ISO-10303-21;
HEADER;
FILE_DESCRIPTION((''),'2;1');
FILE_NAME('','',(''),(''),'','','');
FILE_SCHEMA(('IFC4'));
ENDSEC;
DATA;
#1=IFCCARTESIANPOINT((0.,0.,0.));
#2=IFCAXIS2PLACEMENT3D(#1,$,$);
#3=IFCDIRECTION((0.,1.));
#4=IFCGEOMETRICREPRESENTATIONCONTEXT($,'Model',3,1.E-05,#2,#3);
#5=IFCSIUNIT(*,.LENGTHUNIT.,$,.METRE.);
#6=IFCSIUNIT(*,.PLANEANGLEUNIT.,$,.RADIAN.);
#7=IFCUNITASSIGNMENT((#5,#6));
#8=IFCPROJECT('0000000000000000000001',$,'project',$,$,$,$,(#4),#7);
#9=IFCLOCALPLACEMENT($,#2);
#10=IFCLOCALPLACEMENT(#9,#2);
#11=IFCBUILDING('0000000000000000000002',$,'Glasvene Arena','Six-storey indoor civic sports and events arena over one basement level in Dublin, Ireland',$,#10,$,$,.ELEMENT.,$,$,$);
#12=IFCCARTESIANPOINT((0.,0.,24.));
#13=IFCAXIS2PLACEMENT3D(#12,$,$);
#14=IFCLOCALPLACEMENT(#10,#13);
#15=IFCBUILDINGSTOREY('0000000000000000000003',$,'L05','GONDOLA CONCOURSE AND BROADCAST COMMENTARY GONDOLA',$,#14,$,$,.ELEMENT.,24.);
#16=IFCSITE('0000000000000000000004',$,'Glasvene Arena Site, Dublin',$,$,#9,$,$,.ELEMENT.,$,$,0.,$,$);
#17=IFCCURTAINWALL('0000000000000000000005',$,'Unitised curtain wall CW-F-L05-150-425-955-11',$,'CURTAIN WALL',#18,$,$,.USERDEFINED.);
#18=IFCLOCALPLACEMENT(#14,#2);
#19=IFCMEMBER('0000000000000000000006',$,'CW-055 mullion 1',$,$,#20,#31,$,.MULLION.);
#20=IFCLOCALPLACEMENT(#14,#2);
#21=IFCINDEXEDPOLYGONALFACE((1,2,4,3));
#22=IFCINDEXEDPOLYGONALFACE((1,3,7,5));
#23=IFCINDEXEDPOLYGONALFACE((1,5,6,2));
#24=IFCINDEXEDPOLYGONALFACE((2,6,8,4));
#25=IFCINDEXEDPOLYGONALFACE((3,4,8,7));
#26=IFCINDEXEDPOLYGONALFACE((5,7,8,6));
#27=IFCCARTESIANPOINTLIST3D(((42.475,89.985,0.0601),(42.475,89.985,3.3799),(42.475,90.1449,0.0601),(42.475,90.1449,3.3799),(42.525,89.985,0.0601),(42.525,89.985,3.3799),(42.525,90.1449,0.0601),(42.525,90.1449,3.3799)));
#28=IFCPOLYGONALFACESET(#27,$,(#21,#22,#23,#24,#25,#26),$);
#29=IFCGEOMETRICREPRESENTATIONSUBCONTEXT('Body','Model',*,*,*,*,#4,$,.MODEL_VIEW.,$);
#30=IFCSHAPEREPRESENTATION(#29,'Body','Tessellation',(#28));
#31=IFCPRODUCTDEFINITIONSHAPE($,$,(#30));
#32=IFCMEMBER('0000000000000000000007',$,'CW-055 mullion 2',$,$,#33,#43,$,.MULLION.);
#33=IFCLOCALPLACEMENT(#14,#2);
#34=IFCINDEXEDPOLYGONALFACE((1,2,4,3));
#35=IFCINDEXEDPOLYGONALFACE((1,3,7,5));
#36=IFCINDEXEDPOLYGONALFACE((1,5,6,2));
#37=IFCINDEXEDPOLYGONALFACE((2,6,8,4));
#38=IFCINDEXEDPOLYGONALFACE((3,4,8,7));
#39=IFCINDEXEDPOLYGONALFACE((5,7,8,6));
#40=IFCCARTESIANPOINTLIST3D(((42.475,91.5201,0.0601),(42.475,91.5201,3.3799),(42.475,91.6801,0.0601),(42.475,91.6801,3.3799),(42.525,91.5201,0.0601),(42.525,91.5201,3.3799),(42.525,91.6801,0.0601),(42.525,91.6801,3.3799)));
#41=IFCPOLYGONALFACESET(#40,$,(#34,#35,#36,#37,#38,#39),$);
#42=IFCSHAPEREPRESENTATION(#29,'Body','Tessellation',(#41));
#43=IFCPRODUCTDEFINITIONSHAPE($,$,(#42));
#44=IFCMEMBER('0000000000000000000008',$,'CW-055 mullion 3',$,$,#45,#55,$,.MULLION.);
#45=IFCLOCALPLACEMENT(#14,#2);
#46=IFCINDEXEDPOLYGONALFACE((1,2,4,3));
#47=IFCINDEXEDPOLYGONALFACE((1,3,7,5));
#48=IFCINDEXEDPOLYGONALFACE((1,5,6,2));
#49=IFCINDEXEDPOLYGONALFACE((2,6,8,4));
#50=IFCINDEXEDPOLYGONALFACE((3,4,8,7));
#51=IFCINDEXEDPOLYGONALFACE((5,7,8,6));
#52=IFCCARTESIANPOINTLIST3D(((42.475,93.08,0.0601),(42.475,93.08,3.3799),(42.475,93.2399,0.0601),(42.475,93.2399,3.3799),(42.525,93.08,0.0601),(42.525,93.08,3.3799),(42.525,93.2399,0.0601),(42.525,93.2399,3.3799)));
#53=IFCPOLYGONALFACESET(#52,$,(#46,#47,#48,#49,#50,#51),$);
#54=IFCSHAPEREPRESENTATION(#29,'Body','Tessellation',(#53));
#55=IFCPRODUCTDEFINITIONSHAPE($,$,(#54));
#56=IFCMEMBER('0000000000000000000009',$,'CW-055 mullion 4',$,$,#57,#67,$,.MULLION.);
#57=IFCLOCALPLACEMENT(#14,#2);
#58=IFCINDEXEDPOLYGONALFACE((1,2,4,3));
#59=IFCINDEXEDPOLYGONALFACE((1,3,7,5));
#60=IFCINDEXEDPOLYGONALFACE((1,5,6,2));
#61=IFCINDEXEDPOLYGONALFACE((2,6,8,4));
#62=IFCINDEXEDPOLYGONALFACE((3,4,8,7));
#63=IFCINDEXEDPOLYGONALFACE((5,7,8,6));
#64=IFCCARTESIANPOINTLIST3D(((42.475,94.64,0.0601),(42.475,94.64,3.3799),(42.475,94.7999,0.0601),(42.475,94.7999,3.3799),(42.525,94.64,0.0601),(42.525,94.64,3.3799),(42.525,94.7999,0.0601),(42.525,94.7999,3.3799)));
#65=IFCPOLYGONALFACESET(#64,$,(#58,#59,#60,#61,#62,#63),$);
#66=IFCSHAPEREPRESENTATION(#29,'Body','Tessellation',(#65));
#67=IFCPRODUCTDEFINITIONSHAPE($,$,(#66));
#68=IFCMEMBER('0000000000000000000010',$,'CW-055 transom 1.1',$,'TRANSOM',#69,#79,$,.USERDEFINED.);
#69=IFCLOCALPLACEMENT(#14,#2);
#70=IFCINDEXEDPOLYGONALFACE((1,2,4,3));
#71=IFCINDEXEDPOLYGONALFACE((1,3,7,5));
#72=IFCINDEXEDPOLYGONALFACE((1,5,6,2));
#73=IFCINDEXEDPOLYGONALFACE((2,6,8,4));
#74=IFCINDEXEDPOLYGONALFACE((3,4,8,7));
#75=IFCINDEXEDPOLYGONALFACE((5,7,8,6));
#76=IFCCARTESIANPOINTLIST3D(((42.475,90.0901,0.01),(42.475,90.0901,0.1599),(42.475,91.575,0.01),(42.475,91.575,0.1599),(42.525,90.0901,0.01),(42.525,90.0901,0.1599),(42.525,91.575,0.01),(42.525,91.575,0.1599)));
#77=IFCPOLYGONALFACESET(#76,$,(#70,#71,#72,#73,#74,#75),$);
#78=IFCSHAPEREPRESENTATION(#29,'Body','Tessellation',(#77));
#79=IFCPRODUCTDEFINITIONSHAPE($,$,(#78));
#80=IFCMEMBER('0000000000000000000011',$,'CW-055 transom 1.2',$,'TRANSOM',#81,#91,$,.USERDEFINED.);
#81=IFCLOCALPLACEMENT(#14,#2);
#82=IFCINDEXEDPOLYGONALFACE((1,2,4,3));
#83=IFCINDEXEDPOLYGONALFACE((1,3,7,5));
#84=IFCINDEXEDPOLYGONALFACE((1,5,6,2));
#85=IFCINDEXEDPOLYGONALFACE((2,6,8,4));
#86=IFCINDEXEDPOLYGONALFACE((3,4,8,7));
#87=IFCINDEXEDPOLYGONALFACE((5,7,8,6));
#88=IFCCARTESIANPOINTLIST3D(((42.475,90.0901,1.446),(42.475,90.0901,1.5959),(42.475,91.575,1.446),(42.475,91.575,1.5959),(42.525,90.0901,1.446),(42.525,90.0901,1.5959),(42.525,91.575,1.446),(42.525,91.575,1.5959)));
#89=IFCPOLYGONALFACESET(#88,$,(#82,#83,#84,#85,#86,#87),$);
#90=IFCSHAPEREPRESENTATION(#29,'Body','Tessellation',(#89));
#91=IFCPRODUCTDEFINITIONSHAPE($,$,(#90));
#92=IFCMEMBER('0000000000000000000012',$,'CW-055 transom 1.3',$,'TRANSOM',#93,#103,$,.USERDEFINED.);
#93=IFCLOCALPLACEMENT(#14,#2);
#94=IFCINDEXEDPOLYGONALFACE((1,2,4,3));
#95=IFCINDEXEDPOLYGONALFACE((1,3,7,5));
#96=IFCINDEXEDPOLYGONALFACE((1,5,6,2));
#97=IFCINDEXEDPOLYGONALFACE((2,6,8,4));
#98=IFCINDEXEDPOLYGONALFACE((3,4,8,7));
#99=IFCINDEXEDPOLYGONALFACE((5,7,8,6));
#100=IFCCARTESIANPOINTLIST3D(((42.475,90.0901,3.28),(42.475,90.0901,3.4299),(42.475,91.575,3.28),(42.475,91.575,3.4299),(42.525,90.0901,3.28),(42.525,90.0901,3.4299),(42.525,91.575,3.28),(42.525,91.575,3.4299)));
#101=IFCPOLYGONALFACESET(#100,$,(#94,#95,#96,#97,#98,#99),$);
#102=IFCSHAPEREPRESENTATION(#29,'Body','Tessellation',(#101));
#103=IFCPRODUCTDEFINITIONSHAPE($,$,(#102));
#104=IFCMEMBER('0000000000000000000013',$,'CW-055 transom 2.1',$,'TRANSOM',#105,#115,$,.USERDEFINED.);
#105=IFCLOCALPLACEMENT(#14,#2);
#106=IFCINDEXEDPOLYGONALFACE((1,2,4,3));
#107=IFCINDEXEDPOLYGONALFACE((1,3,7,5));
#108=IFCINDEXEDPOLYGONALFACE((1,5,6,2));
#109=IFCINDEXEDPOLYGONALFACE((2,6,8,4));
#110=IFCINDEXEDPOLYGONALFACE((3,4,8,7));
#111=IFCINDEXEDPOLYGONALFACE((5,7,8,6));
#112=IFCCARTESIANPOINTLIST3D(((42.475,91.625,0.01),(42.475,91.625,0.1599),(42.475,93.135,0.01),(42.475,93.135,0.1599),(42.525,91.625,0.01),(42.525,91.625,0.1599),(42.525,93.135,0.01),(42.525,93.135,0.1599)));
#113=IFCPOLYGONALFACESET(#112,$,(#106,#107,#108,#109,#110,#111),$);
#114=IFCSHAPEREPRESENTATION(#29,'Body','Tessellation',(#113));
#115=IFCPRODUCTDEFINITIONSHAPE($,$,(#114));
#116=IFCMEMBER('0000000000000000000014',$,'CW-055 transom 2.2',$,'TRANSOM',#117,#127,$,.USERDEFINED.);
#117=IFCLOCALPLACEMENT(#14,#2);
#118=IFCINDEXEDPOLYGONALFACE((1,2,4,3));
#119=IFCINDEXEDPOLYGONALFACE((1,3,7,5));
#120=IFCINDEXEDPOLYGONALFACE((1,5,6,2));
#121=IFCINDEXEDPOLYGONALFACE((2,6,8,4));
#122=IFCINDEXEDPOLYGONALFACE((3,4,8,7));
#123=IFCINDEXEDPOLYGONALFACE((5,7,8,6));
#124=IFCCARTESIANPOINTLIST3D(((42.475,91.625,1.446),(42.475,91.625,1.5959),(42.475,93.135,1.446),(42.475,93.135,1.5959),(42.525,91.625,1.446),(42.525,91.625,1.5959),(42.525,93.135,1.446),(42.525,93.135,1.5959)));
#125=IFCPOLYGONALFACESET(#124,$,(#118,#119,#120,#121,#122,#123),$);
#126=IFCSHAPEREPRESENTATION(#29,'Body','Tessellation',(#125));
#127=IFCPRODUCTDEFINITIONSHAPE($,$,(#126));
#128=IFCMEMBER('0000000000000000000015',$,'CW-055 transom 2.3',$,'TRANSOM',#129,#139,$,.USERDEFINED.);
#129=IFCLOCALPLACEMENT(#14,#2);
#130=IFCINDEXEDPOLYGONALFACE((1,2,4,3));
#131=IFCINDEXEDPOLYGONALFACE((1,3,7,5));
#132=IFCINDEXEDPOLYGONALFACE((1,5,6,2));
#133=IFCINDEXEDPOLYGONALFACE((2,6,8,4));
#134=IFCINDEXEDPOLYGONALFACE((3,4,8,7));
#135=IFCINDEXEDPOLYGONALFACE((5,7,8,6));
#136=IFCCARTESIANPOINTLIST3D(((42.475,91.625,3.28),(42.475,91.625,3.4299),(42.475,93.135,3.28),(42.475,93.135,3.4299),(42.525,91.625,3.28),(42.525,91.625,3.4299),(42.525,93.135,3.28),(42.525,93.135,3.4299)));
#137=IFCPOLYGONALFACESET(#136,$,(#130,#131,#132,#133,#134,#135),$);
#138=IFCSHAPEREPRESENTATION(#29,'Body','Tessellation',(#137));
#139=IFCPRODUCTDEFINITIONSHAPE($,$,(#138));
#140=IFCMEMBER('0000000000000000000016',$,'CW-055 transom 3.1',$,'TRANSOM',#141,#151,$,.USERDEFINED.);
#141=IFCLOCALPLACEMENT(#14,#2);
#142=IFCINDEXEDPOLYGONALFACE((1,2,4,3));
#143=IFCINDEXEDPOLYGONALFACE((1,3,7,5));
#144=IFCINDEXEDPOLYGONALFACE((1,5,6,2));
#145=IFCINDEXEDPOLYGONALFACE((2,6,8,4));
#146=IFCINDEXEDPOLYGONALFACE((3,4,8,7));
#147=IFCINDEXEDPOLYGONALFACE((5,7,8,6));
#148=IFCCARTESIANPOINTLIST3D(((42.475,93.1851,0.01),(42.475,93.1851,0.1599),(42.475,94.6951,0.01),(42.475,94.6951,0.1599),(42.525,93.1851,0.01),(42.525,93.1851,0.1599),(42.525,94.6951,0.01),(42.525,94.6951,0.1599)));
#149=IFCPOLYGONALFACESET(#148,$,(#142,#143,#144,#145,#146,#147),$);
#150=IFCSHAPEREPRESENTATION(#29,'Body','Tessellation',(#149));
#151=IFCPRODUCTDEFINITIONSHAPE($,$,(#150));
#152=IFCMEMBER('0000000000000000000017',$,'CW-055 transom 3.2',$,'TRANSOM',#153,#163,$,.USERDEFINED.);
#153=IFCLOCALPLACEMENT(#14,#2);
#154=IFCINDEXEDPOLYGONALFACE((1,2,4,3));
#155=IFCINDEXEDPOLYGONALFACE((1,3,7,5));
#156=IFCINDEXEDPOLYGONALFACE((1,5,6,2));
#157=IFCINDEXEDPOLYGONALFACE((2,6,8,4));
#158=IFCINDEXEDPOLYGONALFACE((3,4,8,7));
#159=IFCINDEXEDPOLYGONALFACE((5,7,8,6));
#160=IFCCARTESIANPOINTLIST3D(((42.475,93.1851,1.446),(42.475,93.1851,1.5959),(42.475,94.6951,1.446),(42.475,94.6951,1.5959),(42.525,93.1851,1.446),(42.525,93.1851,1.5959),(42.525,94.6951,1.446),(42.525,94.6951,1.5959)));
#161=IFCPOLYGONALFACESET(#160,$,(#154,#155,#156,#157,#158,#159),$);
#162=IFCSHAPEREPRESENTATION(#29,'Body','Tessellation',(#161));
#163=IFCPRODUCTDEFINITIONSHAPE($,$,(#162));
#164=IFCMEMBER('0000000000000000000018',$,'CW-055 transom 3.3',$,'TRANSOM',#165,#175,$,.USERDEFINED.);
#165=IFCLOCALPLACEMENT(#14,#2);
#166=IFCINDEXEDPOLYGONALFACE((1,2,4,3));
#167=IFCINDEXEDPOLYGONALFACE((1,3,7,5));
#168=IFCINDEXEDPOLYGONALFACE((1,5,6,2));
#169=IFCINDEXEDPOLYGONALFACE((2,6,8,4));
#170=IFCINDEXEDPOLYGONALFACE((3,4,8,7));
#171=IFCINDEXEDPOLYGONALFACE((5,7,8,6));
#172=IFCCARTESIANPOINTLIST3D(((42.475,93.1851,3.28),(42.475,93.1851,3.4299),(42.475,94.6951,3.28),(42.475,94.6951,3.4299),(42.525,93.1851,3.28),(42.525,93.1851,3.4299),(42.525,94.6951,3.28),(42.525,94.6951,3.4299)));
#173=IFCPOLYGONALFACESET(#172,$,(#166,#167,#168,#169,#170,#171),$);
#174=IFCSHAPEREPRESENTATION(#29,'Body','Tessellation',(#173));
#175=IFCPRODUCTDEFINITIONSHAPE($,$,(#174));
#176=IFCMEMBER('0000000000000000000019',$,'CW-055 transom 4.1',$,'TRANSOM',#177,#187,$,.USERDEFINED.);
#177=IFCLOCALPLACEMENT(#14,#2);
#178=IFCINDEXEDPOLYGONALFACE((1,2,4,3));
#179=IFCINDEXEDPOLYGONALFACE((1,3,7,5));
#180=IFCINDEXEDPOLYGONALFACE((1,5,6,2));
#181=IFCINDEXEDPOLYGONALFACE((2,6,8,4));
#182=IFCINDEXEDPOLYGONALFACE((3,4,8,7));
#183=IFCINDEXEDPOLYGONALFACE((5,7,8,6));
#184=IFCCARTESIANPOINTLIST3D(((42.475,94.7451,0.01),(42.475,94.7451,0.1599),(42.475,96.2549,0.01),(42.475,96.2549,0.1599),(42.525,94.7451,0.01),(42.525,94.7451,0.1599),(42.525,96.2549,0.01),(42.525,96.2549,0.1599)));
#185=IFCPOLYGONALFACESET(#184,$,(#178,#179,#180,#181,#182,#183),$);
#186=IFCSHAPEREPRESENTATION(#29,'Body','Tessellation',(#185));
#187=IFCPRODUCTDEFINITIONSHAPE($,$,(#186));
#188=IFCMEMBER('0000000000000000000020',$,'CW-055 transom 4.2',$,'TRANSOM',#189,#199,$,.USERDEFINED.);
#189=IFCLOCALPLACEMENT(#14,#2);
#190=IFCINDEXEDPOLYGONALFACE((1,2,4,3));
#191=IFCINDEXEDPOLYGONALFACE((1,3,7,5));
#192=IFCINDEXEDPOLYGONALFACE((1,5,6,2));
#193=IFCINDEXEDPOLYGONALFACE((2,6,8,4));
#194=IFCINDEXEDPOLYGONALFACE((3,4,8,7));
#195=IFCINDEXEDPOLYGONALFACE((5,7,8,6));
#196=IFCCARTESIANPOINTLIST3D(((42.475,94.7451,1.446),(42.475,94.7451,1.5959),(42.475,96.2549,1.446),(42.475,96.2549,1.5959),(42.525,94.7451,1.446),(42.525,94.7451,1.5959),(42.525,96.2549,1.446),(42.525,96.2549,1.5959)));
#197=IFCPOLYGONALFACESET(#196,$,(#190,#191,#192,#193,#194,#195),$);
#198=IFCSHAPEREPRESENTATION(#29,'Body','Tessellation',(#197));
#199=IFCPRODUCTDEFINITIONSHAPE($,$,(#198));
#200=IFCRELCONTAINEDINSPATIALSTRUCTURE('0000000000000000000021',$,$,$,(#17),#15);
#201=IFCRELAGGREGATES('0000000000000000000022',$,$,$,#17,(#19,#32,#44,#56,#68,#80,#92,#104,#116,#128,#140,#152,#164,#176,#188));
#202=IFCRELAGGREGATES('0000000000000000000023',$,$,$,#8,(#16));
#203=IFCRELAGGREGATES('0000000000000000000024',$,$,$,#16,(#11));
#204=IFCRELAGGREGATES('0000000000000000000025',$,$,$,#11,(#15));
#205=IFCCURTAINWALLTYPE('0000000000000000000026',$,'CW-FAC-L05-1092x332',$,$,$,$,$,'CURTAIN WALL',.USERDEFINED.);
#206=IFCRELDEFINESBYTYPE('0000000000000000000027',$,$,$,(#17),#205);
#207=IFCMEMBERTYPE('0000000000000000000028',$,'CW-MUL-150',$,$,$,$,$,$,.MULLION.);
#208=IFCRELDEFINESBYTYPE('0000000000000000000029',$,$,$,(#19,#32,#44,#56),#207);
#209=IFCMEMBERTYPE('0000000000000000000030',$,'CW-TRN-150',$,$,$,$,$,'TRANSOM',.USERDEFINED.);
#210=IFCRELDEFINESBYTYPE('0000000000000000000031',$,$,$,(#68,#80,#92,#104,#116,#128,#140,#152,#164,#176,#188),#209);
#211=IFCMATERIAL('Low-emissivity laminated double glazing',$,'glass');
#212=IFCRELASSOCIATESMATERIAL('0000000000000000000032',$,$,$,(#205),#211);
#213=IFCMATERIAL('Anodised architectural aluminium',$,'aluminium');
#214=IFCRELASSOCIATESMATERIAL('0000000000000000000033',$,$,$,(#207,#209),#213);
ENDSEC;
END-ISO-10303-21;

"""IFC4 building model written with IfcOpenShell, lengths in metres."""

from ifc_helpers import new_model, si_unit, direction, frame, origin, origin_2d, place, context, subcontext, project, spatial, rectangle, extrude, material, material_profile, profile_set, type_object, element, aggregate, save


model = new_model("IFC4")

# Units and contexts
model_context = context("Model", 3, precision=1e-05, world=origin(), true_north=direction((0.0, 1.0)))
body_context = subcontext(model_context, "Body", "Model", "MODEL_VIEW")
ifc_project = project(units=[si_unit("LENGTHUNIT", "METRE"), si_unit("PLANEANGLEUNIT", "RADIAN")], contexts=[model_context])

# Site, building, storey
site_placement = place(None, origin())
site = spatial("IfcSite", under=ifc_project, at=site_placement, Name="Glasvene Arena Site, Dublin", CompositionType="ELEMENT", RefElevation=0.0)
building_placement = place(site_placement, origin())
building = spatial("IfcBuilding", under=site, at=building_placement, Name="Glasvene Arena", Description="Six-storey indoor civic sports and events arena over one basement level in Dublin, Ireland", CompositionType="ELEMENT")
storey_placement = place(building_placement, frame((0.0, 0.0, 24.0)))
storey = spatial("IfcBuildingStorey", under=building, at=storey_placement, Name="L05", Description="GONDOLA CONCOURSE AND BROADCAST COMMENTARY GONDOLA", CompositionType="ELEMENT", Elevation=24.0)

# Curtain wall, members
ifc_material_1 = material(Name="Low-emissivity laminated double glazing", Category="glass")
curtain_wall_type = type_object("IfcCurtainWallType", Name="CW-FAC-L05-1092x332", ElementType="CURTAIN WALL", PredefinedType="USERDEFINED", material=ifc_material_1)
curtain_wall_placement = place(storey_placement, frame((42.5, 90.04, 0.0)))
curtain_wall = element("IfcCurtainWall", 1, at=curtain_wall_placement, inside=storey, type_object=curtain_wall_type, Name="Unitised curtain wall CW-F-L05-150-425-955-11", ObjectType="CURTAIN WALL", PredefinedType="USERDEFINED")
ifc_material_2 = material(Name="Anodised architectural aluminium", Category="aluminium")
ifc_material_profile_1 = material_profile(ifc_material_2, rectangle(XDim=0.05, YDim=0.1599, at=origin_2d()), Name="ALU MULLION 50x160")
ifc_profile_set_1 = profile_set([ifc_material_profile_1], Name="Anodised architectural aluminium")
member_type_1 = type_object("IfcMemberType", Name="CW-MUL-150", PredefinedType="MULLION", material=ifc_profile_set_1)
member_1_placement = place(storey_placement, frame((42.5, 90.0649, 0.0601), z_axis=(0.0, 0.0, 1.0), x_axis=(-1.0, 0.0, 0.0)))
member_1 = element("IfcMember", 2, at=member_1_placement, type_object=member_type_1, Name="CW-055 mullion 1", PredefinedType="MULLION", context=body_context, shape_type="SweptSolid", body=[
    extrude(rectangle(XDim=0.05, YDim=0.1599, at=origin_2d()), origin(), (0.0, 0.0, 1.0), 3.3198),
])
member_2_placement = place(storey_placement, frame((42.5, 91.6001, 0.0601), z_axis=(0.0, 0.0, 1.0), x_axis=(-1.0, 0.0, 0.0)))
member_2 = element("IfcMember", 3, at=member_2_placement, type_object=member_type_1, Name="CW-055 mullion 2", PredefinedType="MULLION", context=body_context, shape_type="SweptSolid", body=[
    extrude(rectangle(XDim=0.05, YDim=0.1599, at=origin_2d()), origin(), (0.0, 0.0, 1.0), 3.3198),
])
member_3_placement = place(storey_placement, frame((42.5, 93.1599, 0.0601), z_axis=(0.0, 0.0, 1.0), x_axis=(-1.0, 0.0, 0.0)))
member_3 = element("IfcMember", 4, at=member_3_placement, type_object=member_type_1, Name="CW-055 mullion 3", PredefinedType="MULLION", context=body_context, shape_type="SweptSolid", body=[
    extrude(rectangle(XDim=0.05, YDim=0.1599, at=origin_2d()), origin(), (0.0, 0.0, 1.0), 3.3198),
])
member_4_placement = place(storey_placement, frame((42.5, 94.72, 0.0601), z_axis=(0.0, 0.0, 1.0), x_axis=(-1.0, 0.0, 0.0)))
member_4 = element("IfcMember", 5, at=member_4_placement, type_object=member_type_1, Name="CW-055 mullion 4", PredefinedType="MULLION", context=body_context, shape_type="SweptSolid", body=[
    extrude(rectangle(XDim=0.05, YDim=0.1599, at=origin_2d()), origin(), (0.0, 0.0, 1.0), 3.3198),
])
ifc_material_profile_2 = material_profile(ifc_material_2, rectangle(XDim=0.05, YDim=0.1499, at=origin_2d()), Name="ALU TRANSOM 50x150")
ifc_profile_set_2 = profile_set([ifc_material_profile_2], Name="Anodised architectural aluminium")
member_type_2 = type_object("IfcMemberType", Name="CW-TRN-150", ElementType="TRANSOM", PredefinedType="USERDEFINED", material=ifc_profile_set_2)
member_5_placement = place(storey_placement, frame((42.5, 90.0901, 0.085), z_axis=(0.0, 1.0, 0.0), x_axis=(-1.0, 0.0, 0.0)))
member_5 = element("IfcMember", 6, at=member_5_placement, type_object=member_type_2, Name="CW-055 transom 1.1", ObjectType="TRANSOM", PredefinedType="USERDEFINED", context=body_context, shape_type="SweptSolid", body=[
    extrude(rectangle(XDim=0.05, YDim=0.1499, at=origin_2d()), origin(), (0.0, 0.0, 1.0), 1.4849),
])
member_6_placement = place(storey_placement, frame((42.5, 90.0901, 1.521), z_axis=(0.0, 1.0, 0.0), x_axis=(-1.0, 0.0, 0.0)))
member_6 = element("IfcMember", 7, at=member_6_placement, type_object=member_type_2, Name="CW-055 transom 1.2", ObjectType="TRANSOM", PredefinedType="USERDEFINED", context=body_context, shape_type="SweptSolid", body=[
    extrude(rectangle(XDim=0.05, YDim=0.1499, at=origin_2d()), origin(), (0.0, 0.0, 1.0), 1.4849),
])
member_7_placement = place(storey_placement, frame((42.5, 90.0901, 3.355), z_axis=(0.0, 1.0, 0.0), x_axis=(-1.0, 0.0, 0.0)))
member_7 = element("IfcMember", 8, at=member_7_placement, type_object=member_type_2, Name="CW-055 transom 1.3", ObjectType="TRANSOM", PredefinedType="USERDEFINED", context=body_context, shape_type="SweptSolid", body=[
    extrude(rectangle(XDim=0.05, YDim=0.1499, at=origin_2d()), origin(), (0.0, 0.0, 1.0), 1.4849),
])
member_8_placement = place(storey_placement, frame((42.5, 91.625, 0.085), z_axis=(0.0, 1.0, 0.0), x_axis=(-1.0, 0.0, 0.0)))
member_8 = element("IfcMember", 9, at=member_8_placement, type_object=member_type_2, Name="CW-055 transom 2.1", ObjectType="TRANSOM", PredefinedType="USERDEFINED", context=body_context, shape_type="SweptSolid", body=[
    extrude(rectangle(XDim=0.05, YDim=0.1499, at=origin_2d()), origin(), (0.0, 0.0, 1.0), 1.51),
])
member_9_placement = place(storey_placement, frame((42.5, 91.625, 1.521), z_axis=(0.0, 1.0, 0.0), x_axis=(-1.0, 0.0, 0.0)))
member_9 = element("IfcMember", 10, at=member_9_placement, type_object=member_type_2, Name="CW-055 transom 2.2", ObjectType="TRANSOM", PredefinedType="USERDEFINED", context=body_context, shape_type="SweptSolid", body=[
    extrude(rectangle(XDim=0.05, YDim=0.1499, at=origin_2d()), origin(), (0.0, 0.0, 1.0), 1.51),
])
member_10_placement = place(storey_placement, frame((42.5, 91.625, 3.355), z_axis=(0.0, 1.0, 0.0), x_axis=(-1.0, 0.0, 0.0)))
member_10 = element("IfcMember", 11, at=member_10_placement, type_object=member_type_2, Name="CW-055 transom 2.3", ObjectType="TRANSOM", PredefinedType="USERDEFINED", context=body_context, shape_type="SweptSolid", body=[
    extrude(rectangle(XDim=0.05, YDim=0.1499, at=origin_2d()), origin(), (0.0, 0.0, 1.0), 1.51),
])
member_11_placement = place(storey_placement, frame((42.5, 93.1851, 0.085), z_axis=(0.0, 1.0, 0.0), x_axis=(-1.0, 0.0, 0.0)))
member_11 = element("IfcMember", 12, at=member_11_placement, type_object=member_type_2, Name="CW-055 transom 3.1", ObjectType="TRANSOM", PredefinedType="USERDEFINED", context=body_context, shape_type="SweptSolid", body=[
    extrude(rectangle(XDim=0.05, YDim=0.1499, at=origin_2d()), origin(), (0.0, 0.0, 1.0), 1.51),
])
member_12_placement = place(storey_placement, frame((42.5, 93.1851, 1.521), z_axis=(0.0, 1.0, 0.0), x_axis=(-1.0, 0.0, 0.0)))
member_12 = element("IfcMember", 13, at=member_12_placement, type_object=member_type_2, Name="CW-055 transom 3.2", ObjectType="TRANSOM", PredefinedType="USERDEFINED", context=body_context, shape_type="SweptSolid", body=[
    extrude(rectangle(XDim=0.05, YDim=0.1499, at=origin_2d()), origin(), (0.0, 0.0, 1.0), 1.51),
])
member_13_placement = place(storey_placement, frame((42.5, 93.1851, 3.355), z_axis=(0.0, 1.0, 0.0), x_axis=(-1.0, 0.0, 0.0)))
member_13 = element("IfcMember", 14, at=member_13_placement, type_object=member_type_2, Name="CW-055 transom 3.3", ObjectType="TRANSOM", PredefinedType="USERDEFINED", context=body_context, shape_type="SweptSolid", body=[
    extrude(rectangle(XDim=0.05, YDim=0.1499, at=origin_2d()), origin(), (0.0, 0.0, 1.0), 1.51),
])
member_14_placement = place(storey_placement, frame((42.5, 94.7451, 0.085), z_axis=(0.0, 1.0, 0.0), x_axis=(-1.0, 0.0, 0.0)))
member_14 = element("IfcMember", 15, at=member_14_placement, type_object=member_type_2, Name="CW-055 transom 4.1", ObjectType="TRANSOM", PredefinedType="USERDEFINED", context=body_context, shape_type="SweptSolid", body=[
    extrude(rectangle(XDim=0.05, YDim=0.1499, at=origin_2d()), origin(), (0.0, 0.0, 1.0), 1.5098),
])
member_15_placement = place(storey_placement, frame((42.5, 94.7451, 1.521), z_axis=(0.0, 1.0, 0.0), x_axis=(-1.0, 0.0, 0.0)))
member_15 = element("IfcMember", 16, at=member_15_placement, type_object=member_type_2, Name="CW-055 transom 4.2", ObjectType="TRANSOM", PredefinedType="USERDEFINED", context=body_context, shape_type="SweptSolid", body=[
    extrude(rectangle(XDim=0.05, YDim=0.1499, at=origin_2d()), origin(), (0.0, 0.0, 1.0), 1.5098),
])
aggregate(curtain_wall, [member_1, member_2, member_3, member_4, member_5, member_6, member_7, member_8, member_9, member_10, member_11, member_12, member_13, member_14, member_15])

save(model, "model.ifc")
